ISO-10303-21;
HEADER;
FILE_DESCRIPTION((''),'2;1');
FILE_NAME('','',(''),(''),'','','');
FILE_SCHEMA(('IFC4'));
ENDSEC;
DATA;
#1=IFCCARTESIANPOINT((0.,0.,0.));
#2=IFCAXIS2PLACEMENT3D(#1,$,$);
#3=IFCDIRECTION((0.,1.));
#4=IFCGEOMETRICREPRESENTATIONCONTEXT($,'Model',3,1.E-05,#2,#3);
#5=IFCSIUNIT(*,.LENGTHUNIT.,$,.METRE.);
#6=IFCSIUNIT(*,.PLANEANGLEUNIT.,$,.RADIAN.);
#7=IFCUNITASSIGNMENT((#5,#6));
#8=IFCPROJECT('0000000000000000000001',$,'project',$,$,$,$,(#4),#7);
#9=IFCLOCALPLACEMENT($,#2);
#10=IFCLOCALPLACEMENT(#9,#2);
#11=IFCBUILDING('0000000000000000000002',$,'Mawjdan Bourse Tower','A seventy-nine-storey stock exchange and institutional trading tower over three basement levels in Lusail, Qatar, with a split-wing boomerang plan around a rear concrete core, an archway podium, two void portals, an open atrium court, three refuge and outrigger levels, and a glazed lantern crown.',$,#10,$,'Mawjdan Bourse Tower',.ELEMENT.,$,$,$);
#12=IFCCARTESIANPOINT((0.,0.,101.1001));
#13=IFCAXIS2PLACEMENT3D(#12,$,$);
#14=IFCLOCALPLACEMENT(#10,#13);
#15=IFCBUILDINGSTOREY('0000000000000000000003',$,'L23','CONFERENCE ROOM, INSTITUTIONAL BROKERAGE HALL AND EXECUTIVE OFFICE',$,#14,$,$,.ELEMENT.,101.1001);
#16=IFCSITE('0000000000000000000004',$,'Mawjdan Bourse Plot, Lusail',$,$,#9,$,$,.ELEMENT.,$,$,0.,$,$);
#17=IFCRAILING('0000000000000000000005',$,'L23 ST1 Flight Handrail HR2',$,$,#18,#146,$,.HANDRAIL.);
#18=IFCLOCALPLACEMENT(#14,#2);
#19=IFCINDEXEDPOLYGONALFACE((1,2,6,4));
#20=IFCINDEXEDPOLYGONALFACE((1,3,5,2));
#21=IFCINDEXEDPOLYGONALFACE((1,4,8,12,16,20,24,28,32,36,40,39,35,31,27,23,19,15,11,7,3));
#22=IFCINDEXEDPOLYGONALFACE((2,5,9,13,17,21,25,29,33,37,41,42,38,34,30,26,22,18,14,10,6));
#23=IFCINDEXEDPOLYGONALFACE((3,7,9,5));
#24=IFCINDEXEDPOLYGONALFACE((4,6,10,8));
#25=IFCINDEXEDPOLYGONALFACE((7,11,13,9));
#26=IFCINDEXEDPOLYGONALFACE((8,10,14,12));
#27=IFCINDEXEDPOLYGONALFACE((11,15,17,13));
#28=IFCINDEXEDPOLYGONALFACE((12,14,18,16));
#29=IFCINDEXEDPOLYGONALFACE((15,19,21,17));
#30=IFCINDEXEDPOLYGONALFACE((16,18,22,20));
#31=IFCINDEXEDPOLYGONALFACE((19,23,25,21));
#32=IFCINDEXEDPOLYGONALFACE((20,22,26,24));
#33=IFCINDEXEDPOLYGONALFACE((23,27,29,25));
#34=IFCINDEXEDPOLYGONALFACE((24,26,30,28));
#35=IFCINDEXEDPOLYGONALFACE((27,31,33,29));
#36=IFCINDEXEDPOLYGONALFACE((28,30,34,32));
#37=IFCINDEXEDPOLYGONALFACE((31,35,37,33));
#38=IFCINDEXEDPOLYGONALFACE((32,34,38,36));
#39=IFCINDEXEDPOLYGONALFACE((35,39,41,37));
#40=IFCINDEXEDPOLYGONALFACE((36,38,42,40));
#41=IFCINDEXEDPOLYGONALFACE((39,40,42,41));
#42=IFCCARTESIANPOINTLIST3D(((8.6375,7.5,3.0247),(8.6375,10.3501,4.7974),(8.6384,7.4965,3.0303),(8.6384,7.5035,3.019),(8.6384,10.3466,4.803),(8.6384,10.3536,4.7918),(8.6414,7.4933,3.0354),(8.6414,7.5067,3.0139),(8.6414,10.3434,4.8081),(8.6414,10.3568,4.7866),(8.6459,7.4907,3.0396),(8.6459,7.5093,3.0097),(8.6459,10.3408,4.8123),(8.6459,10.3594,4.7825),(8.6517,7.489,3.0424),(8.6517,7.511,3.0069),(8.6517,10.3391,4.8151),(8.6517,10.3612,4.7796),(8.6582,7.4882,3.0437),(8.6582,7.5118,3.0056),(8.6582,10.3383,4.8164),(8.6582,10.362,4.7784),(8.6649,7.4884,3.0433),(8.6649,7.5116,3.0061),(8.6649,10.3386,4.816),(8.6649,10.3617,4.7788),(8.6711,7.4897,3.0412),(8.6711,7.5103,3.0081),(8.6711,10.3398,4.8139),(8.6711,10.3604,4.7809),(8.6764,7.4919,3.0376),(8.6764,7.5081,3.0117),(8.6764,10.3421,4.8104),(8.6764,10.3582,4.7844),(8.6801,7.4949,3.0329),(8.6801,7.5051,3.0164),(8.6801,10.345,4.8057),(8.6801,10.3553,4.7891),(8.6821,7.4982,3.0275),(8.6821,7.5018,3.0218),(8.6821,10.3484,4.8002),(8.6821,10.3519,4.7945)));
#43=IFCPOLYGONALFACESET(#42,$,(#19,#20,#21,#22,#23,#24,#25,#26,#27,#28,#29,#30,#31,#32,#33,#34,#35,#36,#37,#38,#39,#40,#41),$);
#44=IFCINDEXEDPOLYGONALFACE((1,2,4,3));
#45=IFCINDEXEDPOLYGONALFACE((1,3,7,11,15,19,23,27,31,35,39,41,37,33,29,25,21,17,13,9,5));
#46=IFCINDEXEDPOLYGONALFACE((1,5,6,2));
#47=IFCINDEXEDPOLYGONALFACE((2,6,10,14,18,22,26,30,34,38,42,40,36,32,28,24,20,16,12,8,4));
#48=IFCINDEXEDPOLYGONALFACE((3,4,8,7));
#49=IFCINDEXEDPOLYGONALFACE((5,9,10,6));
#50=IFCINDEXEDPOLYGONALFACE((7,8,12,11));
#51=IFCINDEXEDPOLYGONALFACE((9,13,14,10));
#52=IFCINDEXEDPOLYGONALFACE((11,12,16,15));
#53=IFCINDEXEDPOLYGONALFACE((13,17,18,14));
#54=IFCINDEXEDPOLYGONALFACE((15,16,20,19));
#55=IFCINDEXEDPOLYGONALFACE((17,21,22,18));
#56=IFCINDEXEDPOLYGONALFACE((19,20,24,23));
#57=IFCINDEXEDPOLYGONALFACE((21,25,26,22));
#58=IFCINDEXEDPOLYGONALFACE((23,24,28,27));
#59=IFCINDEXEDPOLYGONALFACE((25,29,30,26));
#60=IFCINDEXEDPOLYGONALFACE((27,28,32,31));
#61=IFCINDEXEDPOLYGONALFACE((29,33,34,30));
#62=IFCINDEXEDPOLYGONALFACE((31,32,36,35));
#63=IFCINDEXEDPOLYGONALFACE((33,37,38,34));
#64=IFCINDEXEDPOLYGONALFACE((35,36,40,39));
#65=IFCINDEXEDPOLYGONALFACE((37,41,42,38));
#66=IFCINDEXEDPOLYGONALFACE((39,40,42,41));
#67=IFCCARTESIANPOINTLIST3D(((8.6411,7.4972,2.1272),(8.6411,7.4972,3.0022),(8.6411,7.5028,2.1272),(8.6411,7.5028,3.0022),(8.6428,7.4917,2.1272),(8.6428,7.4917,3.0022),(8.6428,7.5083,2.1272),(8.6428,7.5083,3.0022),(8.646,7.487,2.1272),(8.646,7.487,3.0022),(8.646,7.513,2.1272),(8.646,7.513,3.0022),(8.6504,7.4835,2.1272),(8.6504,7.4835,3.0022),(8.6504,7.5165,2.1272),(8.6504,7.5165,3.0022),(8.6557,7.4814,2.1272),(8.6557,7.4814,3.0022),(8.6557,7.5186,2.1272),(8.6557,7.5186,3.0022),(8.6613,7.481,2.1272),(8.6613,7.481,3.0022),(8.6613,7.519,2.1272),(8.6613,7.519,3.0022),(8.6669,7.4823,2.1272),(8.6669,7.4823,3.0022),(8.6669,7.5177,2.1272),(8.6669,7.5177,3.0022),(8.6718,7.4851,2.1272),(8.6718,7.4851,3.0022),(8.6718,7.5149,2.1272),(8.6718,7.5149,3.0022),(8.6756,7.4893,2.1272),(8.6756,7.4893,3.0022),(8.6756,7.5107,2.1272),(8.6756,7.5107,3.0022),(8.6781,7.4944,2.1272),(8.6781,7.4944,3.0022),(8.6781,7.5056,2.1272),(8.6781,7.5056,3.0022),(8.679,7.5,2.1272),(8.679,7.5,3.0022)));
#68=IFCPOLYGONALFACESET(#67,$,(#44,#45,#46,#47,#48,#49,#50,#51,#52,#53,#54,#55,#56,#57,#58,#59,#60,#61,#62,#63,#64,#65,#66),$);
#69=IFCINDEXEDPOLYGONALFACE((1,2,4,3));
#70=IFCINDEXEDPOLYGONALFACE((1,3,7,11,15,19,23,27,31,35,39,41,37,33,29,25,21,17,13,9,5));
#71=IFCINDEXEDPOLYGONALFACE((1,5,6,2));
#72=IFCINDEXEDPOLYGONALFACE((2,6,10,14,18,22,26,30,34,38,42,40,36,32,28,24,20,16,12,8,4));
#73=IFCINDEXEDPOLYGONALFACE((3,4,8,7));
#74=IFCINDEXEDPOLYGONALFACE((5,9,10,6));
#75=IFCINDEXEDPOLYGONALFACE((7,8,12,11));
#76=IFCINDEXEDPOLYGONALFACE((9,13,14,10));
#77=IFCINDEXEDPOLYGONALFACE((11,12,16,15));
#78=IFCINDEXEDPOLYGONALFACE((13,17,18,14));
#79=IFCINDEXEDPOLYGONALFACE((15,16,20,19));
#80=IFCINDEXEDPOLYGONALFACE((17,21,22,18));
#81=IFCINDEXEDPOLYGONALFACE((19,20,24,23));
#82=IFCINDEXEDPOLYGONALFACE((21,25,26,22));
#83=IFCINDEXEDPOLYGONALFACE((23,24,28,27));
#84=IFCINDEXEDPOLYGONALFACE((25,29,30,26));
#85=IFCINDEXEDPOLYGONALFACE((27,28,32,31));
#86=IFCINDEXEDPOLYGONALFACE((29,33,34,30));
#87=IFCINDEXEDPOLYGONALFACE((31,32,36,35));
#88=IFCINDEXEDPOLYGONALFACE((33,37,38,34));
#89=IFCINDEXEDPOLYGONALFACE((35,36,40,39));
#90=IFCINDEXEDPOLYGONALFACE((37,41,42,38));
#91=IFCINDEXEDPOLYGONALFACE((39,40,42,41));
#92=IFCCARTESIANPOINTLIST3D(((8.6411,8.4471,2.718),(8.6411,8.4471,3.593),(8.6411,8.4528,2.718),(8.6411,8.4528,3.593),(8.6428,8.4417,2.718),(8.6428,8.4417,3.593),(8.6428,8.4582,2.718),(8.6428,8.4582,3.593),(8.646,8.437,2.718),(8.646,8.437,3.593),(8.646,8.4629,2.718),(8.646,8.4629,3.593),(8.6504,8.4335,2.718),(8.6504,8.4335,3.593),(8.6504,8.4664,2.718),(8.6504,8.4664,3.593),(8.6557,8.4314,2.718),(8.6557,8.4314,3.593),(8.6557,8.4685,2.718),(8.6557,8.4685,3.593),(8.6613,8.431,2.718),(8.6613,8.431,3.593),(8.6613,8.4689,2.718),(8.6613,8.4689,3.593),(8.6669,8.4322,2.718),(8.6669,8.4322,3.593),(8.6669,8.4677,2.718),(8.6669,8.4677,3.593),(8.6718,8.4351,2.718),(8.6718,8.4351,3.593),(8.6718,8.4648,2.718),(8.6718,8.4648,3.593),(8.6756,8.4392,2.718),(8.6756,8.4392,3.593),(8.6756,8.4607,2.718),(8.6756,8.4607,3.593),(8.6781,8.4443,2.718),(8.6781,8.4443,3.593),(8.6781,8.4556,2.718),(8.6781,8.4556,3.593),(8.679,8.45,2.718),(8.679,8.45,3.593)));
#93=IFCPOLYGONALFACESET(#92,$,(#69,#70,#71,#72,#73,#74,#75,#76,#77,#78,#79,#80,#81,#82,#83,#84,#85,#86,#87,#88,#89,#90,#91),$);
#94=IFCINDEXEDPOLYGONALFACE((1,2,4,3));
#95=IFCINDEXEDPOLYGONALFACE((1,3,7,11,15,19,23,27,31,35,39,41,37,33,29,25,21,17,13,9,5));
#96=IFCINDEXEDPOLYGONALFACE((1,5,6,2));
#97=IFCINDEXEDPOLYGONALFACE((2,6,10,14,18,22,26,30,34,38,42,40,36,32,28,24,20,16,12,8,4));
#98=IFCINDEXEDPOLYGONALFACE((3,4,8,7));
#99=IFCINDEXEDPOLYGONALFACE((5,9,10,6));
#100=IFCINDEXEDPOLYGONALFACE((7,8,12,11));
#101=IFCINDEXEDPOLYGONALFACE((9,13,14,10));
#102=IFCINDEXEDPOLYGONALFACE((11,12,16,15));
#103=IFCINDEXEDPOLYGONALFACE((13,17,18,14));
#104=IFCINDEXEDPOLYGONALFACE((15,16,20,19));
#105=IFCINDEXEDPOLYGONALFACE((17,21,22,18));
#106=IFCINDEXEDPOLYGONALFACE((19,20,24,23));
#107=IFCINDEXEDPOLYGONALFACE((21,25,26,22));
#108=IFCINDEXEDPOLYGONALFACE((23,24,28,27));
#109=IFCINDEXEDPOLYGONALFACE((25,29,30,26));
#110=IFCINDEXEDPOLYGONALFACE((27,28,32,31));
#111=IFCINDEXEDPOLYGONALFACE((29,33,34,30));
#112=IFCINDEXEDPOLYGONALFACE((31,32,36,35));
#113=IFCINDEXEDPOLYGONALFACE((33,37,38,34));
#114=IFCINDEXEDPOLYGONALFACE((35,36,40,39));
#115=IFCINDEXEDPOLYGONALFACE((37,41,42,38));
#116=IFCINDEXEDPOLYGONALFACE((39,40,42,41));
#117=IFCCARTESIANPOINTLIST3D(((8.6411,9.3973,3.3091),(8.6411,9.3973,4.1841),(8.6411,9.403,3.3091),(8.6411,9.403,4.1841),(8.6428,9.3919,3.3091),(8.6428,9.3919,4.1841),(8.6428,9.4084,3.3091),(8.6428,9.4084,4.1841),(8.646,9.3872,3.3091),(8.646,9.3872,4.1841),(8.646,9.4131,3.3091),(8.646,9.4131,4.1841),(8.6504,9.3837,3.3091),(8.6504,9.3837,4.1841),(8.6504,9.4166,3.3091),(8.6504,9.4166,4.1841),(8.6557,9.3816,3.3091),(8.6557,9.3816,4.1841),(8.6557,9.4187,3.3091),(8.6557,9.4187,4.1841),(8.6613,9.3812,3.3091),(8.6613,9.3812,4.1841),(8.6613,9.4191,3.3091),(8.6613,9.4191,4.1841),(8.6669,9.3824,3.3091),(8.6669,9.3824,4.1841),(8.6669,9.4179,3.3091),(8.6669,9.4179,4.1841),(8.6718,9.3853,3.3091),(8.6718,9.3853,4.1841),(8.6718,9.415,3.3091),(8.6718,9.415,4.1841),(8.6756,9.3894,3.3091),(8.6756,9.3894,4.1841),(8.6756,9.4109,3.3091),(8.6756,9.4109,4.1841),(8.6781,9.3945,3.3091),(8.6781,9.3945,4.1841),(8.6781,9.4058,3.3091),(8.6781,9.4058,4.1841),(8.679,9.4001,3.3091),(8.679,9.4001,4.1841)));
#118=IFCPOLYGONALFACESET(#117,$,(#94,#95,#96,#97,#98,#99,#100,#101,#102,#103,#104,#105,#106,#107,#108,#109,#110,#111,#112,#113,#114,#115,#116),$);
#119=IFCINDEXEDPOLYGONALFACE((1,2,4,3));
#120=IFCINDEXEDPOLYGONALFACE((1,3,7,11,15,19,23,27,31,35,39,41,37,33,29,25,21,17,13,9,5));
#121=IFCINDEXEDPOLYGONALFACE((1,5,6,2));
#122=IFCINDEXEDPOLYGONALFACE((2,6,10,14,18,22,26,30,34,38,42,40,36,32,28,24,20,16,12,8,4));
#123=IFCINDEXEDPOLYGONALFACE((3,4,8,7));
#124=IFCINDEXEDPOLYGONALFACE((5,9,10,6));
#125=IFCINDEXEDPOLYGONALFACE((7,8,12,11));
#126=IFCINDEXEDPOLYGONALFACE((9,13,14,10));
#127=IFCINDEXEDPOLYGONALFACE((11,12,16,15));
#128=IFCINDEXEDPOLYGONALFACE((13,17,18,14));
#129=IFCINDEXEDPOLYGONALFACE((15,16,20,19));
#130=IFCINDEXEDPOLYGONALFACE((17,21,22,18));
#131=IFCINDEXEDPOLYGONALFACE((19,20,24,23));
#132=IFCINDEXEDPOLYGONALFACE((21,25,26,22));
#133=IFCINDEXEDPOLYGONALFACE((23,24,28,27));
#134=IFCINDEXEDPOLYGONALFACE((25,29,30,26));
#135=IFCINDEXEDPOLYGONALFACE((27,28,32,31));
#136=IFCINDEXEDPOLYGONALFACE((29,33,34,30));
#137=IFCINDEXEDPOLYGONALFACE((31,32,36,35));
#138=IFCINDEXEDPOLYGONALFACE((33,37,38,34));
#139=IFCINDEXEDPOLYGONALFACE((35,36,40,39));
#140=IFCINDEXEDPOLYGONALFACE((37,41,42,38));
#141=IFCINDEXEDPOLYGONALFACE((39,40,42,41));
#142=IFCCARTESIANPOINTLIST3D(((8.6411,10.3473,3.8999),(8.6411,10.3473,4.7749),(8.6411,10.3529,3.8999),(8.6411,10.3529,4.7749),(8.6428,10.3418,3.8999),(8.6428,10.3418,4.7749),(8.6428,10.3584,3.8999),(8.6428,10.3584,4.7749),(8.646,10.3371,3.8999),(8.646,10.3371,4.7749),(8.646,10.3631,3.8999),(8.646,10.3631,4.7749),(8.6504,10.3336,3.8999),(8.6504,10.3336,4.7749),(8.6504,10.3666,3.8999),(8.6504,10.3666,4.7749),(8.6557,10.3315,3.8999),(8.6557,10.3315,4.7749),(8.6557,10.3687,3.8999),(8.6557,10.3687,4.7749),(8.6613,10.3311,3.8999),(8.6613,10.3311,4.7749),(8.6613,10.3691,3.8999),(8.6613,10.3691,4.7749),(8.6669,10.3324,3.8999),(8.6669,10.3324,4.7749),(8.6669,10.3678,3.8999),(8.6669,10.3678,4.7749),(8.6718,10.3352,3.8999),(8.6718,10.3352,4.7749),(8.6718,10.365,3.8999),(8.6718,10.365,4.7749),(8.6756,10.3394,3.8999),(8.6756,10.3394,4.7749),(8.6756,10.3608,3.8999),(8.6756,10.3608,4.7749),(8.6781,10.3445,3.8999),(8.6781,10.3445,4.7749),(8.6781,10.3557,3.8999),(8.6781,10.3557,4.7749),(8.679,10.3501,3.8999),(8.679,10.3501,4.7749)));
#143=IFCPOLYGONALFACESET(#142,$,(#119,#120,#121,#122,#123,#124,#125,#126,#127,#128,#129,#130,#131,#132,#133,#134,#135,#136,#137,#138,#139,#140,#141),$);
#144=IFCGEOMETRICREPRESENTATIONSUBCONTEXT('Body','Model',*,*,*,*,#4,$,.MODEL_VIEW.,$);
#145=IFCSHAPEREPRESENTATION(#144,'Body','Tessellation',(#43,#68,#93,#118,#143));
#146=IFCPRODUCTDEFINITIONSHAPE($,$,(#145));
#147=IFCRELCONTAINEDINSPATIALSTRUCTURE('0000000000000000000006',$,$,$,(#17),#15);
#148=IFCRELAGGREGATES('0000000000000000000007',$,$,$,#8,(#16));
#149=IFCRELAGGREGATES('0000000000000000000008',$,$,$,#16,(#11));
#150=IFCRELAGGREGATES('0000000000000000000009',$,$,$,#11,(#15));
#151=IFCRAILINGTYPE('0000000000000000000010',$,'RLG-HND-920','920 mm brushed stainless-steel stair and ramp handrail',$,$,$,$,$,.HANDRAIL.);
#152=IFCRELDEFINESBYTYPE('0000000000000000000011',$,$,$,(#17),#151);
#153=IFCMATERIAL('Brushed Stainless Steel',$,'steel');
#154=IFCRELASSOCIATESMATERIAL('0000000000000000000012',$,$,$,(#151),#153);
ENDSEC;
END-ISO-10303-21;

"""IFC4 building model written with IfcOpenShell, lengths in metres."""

from ifc_helpers import new_model, si_unit, direction, frame, origin, origin_2d, place, context, subcontext, project, spatial, circle, extrude, material, type_object, element, save


model = new_model("IFC4")

# Units and contexts
model_context = context("Model", 3, precision=1e-05, world=origin(), true_north=direction((0.0, 1.0)))
body_context = subcontext(model_context, "Body", "Model", "MODEL_VIEW")
ifc_project = project(units=[si_unit("LENGTHUNIT", "METRE"), si_unit("PLANEANGLEUNIT", "RADIAN")], contexts=[model_context])

# Site, building, storey
site_placement = place(None, origin())
site = spatial("IfcSite", under=ifc_project, at=site_placement, Name="Mawjdan Bourse Plot, Lusail", CompositionType="ELEMENT", RefElevation=0.0)
building_placement = place(site_placement, origin())
building = spatial("IfcBuilding", under=site, at=building_placement, Name="Mawjdan Bourse Tower", Description="A seventy-nine-storey stock exchange and institutional trading tower over three basement levels in Lusail, Qatar, with a split-wing boomerang plan around a rear concrete core, an archway podium, two void portals, an open atrium court, three refuge and outrigger levels, and a glazed lantern crown.", LongName="Mawjdan Bourse Tower", CompositionType="ELEMENT")
storey_placement = place(building_placement, frame((0.0, 0.0, 101.1001)))
storey = spatial("IfcBuildingStorey", under=building, at=storey_placement, Name="L23", Description="CONFERENCE ROOM, INSTITUTIONAL BROKERAGE HALL AND EXECUTIVE OFFICE", CompositionType="ELEMENT", Elevation=101.1001)

# Railing
ifc_material_1 = material(Name="Brushed Stainless Steel", Category="steel")
railing_type_1 = type_object("IfcRailingType", Name="RLG-HND-920", Description="920 mm brushed stainless-steel stair and ramp handrail", PredefinedType="HANDRAIL", material=ifc_material_1)
railing_1_placement = place(storey_placement, frame((8.6599, 7.5, 2.1272)))
element("IfcRailing", 1, at=railing_1_placement, inside=storey, type_object=railing_type_1, Name="L23 ST1 Flight Handrail HR2", PredefinedType="HANDRAIL", context=body_context, shape_type="SweptSolid", body=[
    extrude(circle(Radius=0.0225, at=origin_2d()), frame((0.0, 0.0, 0.8975), z_axis=(0.0, 0.849149, 0.528154), x_axis=(-1.0, 0.0, 0.0)), (0.0, 0.0, 1.0), 3.3564),
    extrude(circle(Radius=0.019, at=origin_2d()), origin(), (0.0, 0.0, 1.0), 0.875),
    extrude(circle(Radius=0.019, at=origin_2d()), frame((0.0, 0.95, 0.5908)), (0.0, 0.0, 1.0), 0.875),
    extrude(circle(Radius=0.019, at=origin_2d()), frame((0.0, 1.9001, 1.1819)), (0.0, 0.0, 1.0), 0.875),
    extrude(circle(Radius=0.019, at=origin_2d()), frame((0.0, 2.8501, 1.7727)), (0.0, 0.0, 1.0), 0.875),
])

save(model, "model.ifc")
